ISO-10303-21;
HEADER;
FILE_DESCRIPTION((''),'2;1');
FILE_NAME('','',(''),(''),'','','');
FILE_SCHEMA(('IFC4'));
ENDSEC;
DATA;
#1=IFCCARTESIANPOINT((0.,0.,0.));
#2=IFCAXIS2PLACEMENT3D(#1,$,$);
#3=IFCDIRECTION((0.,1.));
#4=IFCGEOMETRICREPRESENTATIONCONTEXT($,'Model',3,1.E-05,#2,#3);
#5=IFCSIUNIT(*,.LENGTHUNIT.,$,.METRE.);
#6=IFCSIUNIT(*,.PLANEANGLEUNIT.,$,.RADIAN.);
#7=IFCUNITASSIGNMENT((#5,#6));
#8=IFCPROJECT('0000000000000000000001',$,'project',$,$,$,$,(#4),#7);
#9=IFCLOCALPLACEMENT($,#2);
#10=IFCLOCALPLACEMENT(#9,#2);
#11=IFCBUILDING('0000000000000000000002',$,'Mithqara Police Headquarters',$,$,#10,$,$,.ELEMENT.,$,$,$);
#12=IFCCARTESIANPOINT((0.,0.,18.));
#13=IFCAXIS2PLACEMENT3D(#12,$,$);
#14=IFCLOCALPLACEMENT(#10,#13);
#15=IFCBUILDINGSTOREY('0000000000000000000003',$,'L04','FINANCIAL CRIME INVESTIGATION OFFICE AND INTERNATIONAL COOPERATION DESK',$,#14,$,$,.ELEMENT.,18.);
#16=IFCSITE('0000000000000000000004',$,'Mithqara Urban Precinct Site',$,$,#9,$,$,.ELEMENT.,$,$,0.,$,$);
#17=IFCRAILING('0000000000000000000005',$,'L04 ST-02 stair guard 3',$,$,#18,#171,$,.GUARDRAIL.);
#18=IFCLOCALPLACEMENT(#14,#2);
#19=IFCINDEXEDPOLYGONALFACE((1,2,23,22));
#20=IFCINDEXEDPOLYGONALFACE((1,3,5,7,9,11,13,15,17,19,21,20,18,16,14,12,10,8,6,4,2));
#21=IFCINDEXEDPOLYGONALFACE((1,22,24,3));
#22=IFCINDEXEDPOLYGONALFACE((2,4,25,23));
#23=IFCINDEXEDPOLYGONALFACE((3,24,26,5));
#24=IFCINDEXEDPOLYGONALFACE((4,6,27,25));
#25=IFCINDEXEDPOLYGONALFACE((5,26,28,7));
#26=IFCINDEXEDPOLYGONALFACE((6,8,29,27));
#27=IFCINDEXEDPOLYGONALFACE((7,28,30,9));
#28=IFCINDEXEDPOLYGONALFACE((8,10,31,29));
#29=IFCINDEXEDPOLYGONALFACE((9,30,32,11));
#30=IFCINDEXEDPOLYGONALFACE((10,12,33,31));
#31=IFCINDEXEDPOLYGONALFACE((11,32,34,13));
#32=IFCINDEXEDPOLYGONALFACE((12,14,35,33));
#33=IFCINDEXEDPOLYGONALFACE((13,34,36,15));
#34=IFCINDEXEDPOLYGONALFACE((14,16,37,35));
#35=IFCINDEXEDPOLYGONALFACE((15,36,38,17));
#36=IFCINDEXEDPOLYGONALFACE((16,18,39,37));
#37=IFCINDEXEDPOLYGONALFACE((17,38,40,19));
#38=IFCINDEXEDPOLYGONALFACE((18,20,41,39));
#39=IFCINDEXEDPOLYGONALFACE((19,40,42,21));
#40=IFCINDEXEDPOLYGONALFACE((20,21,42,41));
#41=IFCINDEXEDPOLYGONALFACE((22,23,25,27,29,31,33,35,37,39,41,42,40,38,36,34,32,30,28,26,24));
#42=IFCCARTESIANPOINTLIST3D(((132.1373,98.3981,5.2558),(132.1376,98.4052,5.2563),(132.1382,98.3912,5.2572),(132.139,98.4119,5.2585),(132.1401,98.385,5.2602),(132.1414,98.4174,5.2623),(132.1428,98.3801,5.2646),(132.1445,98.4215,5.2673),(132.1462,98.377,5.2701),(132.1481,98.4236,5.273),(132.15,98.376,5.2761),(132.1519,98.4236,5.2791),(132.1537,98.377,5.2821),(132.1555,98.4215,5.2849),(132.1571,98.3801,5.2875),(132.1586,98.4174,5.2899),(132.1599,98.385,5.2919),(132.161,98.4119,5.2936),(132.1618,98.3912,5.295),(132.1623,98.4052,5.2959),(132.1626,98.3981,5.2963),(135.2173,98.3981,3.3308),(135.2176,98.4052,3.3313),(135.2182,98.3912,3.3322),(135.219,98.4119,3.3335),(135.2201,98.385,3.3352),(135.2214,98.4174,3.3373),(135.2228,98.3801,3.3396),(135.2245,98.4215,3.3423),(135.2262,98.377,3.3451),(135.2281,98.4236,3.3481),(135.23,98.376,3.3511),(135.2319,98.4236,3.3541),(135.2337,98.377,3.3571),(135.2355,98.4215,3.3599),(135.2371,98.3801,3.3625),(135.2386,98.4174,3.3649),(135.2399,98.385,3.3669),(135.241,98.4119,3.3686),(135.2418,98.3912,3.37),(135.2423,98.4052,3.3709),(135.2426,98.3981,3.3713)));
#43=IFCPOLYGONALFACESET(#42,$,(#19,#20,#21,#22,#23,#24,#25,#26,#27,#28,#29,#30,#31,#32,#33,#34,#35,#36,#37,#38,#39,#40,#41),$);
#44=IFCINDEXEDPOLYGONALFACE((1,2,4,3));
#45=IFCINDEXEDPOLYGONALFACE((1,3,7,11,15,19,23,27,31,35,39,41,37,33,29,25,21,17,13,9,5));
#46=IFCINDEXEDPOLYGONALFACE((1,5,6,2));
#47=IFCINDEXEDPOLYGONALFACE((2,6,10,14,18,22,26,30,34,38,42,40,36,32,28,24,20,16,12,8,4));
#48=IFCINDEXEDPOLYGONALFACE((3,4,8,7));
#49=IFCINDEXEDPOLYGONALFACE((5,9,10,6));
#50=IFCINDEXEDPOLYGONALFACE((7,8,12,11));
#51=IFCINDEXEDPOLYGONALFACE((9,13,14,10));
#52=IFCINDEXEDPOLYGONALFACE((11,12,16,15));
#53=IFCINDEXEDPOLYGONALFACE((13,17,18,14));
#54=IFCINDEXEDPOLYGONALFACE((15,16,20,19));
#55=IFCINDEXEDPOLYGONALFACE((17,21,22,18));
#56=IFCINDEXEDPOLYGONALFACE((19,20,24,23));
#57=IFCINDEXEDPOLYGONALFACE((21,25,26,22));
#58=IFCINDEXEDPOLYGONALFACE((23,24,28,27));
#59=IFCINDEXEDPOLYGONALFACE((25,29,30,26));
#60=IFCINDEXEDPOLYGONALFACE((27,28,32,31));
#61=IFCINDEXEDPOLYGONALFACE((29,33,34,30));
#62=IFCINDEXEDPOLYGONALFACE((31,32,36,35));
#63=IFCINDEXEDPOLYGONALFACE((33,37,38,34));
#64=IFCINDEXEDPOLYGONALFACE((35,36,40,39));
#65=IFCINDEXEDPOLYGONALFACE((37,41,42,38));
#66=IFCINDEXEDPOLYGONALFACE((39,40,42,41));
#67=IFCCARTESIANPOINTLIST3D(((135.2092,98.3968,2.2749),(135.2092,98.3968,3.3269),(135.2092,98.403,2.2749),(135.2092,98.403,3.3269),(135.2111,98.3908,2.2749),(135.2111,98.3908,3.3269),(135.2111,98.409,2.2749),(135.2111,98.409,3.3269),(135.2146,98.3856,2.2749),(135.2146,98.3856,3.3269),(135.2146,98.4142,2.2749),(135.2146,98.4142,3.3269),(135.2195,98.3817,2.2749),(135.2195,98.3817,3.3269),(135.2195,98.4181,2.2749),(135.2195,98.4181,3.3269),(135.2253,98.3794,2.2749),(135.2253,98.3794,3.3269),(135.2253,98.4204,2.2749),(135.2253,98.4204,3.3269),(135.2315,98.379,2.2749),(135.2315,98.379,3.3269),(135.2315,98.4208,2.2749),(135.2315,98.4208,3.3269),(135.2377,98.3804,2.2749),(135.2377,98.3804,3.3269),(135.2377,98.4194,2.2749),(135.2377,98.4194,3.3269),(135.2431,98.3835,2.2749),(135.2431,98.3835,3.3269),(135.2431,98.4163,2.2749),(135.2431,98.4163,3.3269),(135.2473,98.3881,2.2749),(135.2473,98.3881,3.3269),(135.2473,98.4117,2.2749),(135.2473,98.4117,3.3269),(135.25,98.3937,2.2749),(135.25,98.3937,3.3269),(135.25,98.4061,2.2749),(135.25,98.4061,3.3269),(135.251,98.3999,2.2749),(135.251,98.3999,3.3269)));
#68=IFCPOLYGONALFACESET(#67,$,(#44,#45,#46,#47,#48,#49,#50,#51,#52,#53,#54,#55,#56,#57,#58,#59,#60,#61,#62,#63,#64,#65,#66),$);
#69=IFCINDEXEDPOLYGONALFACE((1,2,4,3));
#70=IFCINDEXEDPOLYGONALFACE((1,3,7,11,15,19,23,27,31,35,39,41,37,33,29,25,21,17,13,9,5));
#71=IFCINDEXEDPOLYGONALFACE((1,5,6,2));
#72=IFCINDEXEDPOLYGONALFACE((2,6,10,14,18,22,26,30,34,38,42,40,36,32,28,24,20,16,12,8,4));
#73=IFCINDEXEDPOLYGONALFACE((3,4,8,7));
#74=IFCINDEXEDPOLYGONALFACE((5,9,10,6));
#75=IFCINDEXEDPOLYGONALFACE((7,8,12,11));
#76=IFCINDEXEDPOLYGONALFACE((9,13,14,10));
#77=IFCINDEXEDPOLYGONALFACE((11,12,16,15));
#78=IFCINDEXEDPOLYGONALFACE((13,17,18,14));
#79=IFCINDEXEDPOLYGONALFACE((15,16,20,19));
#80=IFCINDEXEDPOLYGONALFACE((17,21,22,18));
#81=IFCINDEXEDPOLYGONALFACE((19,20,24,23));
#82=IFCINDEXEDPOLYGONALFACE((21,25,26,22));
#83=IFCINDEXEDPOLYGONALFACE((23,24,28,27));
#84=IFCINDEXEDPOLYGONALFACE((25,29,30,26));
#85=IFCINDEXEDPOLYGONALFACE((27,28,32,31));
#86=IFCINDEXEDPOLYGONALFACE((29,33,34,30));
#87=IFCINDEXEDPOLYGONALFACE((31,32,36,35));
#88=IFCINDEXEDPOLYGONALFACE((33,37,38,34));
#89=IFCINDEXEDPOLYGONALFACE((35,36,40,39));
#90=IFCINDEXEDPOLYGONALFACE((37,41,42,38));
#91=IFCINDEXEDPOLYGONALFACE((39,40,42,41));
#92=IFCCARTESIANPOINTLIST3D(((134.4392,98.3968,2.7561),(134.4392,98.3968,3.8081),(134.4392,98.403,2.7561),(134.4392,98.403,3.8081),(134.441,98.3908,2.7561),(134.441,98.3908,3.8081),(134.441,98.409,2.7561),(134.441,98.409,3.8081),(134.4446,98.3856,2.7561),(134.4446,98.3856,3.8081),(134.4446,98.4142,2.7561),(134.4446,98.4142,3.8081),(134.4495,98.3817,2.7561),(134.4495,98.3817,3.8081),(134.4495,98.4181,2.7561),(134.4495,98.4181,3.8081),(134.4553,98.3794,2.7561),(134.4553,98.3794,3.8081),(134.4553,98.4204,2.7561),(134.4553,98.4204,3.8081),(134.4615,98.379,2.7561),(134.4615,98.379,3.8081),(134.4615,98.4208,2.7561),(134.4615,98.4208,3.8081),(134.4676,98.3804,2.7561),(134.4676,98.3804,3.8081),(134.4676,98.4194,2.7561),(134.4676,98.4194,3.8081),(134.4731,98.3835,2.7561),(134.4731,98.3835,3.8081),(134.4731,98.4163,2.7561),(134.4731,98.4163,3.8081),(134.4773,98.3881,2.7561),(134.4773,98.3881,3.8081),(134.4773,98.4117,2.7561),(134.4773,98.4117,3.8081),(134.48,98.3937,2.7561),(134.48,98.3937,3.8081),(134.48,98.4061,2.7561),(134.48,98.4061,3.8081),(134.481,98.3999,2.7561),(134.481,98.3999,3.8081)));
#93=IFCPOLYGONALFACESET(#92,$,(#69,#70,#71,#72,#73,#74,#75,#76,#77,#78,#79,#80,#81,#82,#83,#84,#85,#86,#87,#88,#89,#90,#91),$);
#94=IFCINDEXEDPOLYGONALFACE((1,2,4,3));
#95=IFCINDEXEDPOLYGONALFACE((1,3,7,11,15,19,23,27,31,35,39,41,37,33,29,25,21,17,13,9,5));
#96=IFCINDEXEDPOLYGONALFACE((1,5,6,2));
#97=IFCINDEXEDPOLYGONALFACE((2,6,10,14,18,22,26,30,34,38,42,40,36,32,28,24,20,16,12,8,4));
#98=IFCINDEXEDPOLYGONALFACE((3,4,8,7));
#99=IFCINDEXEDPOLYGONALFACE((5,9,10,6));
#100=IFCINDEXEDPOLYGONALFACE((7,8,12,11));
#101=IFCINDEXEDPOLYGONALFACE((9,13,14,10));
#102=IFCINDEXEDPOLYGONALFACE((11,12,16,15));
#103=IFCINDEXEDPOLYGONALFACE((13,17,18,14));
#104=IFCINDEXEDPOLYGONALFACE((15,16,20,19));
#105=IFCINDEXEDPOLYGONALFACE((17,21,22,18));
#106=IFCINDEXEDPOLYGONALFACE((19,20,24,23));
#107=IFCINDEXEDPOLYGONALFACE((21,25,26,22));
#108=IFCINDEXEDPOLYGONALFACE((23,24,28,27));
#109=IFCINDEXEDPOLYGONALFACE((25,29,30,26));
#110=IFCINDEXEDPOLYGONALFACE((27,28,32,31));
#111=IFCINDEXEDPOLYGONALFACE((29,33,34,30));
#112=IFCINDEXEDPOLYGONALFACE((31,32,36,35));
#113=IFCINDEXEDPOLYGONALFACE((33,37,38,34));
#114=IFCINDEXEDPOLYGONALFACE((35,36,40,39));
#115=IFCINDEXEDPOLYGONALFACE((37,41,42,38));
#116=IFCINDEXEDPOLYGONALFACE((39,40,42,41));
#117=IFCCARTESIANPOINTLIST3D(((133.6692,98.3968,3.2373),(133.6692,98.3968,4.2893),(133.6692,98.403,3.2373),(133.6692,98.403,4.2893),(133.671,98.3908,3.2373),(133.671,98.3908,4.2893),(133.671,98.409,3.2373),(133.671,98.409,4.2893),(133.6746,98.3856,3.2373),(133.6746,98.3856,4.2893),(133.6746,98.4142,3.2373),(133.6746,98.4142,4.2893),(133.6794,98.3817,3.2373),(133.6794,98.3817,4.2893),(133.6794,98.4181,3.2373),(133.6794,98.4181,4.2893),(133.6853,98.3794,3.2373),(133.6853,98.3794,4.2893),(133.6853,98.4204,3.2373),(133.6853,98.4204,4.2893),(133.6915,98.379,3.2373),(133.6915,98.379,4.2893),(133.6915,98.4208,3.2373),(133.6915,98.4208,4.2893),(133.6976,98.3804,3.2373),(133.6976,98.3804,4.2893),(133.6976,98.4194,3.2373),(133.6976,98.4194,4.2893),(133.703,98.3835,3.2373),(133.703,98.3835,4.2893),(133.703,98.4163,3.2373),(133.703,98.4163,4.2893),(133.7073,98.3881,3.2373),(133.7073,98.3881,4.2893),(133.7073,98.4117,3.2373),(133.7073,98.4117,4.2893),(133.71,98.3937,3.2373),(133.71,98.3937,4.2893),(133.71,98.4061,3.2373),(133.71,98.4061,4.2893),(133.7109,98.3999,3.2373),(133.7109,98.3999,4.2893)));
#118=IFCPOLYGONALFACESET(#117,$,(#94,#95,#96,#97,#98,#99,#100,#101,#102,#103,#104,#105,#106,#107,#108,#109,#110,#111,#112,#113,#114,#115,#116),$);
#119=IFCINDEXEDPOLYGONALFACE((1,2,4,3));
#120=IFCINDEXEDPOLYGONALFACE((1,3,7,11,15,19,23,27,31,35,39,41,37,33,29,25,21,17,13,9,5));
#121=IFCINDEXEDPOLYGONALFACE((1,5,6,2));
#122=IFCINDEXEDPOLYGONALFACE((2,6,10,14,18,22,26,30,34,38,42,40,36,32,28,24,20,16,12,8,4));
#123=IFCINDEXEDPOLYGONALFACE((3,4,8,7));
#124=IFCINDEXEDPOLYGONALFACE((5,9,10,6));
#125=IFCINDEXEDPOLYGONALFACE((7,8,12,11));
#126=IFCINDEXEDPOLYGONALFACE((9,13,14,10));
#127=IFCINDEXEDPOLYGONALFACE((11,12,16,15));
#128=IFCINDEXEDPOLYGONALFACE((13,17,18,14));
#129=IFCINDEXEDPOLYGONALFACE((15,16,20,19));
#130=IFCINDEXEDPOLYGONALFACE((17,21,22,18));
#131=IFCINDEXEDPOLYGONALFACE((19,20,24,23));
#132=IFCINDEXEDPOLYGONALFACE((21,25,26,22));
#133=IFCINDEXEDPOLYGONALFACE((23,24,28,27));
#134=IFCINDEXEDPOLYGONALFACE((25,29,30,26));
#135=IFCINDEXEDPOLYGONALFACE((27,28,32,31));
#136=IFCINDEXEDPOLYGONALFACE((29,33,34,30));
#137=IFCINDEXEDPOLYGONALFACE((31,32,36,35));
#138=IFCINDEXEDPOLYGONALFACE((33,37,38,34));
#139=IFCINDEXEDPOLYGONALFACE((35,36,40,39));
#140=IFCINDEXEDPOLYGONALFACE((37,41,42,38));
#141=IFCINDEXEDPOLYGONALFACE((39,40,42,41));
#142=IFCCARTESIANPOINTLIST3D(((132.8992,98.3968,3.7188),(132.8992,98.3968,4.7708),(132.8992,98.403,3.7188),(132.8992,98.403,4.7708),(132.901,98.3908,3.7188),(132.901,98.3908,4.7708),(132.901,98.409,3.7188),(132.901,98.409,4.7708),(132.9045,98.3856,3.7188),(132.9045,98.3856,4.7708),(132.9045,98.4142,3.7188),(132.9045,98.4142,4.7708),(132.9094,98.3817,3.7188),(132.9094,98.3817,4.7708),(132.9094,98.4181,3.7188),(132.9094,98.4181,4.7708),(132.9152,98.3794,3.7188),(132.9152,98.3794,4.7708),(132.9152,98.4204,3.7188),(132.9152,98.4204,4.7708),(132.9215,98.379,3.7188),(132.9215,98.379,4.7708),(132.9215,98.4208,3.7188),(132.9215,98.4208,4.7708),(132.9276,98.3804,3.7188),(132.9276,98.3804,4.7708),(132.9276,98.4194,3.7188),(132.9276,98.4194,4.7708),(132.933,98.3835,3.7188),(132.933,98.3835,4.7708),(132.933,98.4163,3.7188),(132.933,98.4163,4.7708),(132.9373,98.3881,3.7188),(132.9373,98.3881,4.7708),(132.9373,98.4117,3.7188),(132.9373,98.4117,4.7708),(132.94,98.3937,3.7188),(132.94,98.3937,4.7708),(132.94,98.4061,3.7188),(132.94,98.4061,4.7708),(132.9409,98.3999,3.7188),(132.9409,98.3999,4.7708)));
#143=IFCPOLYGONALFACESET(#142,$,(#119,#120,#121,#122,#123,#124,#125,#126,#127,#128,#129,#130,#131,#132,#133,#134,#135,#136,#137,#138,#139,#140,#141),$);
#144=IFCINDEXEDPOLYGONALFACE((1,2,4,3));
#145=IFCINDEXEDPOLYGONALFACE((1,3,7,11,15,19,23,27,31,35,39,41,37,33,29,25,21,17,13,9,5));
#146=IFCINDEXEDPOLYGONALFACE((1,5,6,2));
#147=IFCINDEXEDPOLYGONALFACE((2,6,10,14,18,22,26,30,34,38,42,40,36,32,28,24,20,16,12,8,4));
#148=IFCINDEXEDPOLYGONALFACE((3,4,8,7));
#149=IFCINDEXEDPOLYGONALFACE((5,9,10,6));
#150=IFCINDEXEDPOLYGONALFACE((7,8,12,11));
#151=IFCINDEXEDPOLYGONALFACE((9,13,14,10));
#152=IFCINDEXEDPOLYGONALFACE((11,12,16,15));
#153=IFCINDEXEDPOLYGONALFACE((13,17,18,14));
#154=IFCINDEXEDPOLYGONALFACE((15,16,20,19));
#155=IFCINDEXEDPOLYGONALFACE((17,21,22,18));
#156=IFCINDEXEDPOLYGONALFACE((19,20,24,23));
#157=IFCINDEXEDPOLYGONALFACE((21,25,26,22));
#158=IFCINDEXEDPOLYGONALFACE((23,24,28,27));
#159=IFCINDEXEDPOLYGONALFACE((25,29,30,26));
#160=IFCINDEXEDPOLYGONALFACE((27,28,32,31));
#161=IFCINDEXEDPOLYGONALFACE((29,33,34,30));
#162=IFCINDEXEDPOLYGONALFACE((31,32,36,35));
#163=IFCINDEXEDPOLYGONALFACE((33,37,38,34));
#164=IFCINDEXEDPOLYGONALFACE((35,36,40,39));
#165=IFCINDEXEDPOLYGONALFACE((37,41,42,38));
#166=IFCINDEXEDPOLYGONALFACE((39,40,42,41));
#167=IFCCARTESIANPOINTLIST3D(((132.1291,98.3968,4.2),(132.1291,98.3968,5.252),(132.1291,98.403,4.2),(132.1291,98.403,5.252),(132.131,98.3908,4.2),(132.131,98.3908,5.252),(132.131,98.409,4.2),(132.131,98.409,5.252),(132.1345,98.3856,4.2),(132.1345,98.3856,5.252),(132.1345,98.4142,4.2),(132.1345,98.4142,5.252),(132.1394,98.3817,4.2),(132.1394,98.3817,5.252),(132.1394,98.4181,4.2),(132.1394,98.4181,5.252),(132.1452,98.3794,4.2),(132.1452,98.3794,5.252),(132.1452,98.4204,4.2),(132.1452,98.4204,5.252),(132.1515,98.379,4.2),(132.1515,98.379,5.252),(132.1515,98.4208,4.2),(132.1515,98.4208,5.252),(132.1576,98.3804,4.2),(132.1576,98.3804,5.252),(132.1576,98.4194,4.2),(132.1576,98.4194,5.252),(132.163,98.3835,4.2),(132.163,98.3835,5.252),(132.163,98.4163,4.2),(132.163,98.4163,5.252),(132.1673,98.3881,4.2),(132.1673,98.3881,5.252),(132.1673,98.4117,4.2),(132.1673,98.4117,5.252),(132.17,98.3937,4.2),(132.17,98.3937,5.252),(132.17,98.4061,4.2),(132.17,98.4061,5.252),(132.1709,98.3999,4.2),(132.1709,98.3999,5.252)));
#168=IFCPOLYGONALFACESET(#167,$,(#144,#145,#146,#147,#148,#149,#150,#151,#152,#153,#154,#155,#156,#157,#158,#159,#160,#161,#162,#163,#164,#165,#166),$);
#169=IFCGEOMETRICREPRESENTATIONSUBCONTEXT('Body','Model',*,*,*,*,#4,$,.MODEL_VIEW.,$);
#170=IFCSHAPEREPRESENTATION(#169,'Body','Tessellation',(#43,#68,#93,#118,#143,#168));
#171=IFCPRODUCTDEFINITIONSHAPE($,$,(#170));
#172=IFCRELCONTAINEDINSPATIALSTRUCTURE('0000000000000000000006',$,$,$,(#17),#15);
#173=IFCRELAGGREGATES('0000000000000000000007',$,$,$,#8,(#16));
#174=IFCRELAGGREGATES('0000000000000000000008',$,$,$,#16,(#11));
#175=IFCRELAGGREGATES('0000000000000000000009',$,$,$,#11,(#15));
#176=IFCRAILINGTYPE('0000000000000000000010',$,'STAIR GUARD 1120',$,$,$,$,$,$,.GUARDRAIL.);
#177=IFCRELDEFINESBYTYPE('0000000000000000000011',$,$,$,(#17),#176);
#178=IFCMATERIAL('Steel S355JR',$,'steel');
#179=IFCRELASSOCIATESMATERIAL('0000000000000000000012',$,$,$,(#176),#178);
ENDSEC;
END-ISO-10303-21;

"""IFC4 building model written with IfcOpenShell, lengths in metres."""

from ifc_helpers import new_model, si_unit, direction, frame, origin, origin_2d, place, context, subcontext, project, spatial, circle, extrude, material, type_object, element, save


model = new_model("IFC4")

# Units and contexts
model_context = context("Model", 3, precision=1e-05, world=origin(), true_north=direction((0.0, 1.0)))
body_context = subcontext(model_context, "Body", "Model", "MODEL_VIEW")
ifc_project = project(units=[si_unit("LENGTHUNIT", "METRE"), si_unit("PLANEANGLEUNIT", "RADIAN")], contexts=[model_context])

# Site, building, storey
site_placement = place(None, origin())
site = spatial("IfcSite", under=ifc_project, at=site_placement, Name="Mithqara Urban Precinct Site", CompositionType="ELEMENT", RefElevation=0.0)
building_placement = place(site_placement, origin())
building = spatial("IfcBuilding", under=site, at=building_placement, Name="Mithqara Police Headquarters", CompositionType="ELEMENT")
storey_placement = place(building_placement, frame((0.0, 0.0, 18.0)))
storey = spatial("IfcBuildingStorey", under=building, at=storey_placement, Name="L04", Description="FINANCIAL CRIME INVESTIGATION OFFICE AND INTERNATIONAL COOPERATION DESK", CompositionType="ELEMENT", Elevation=18.0)

# Shared definitions
ifc_material_1 = material(Name="Steel S355JR", Category="steel")

# Railing
railing_type_1 = type_object("IfcRailingType", Name="STAIR GUARD 1120", PredefinedType="GUARDRAIL", material=ifc_material_1)
railing_1_placement = place(storey_placement, frame((135.23, 98.3999, 2.2749)))
element("IfcRailing", 1, at=railing_1_placement, inside=storey, type_object=railing_type_1, Name="L04 ST-02 stair guard 3", PredefinedType="GUARDRAIL", context=body_context, shape_type="SweptSolid", body=[
    extrude(circle(Radius=0.0239, at=origin_2d()), frame((0.0, 0.0, 1.0762), z_axis=(-0.847998, 0.0, 0.529999), x_axis=(0.0, -1.0, 0.0)), (0.0, 0.0, 1.0), 3.6321),
    extrude(circle(Radius=0.021, at=origin_2d()), origin(), (0.0, 0.0, 1.0), 1.052),
    extrude(circle(Radius=0.021, at=origin_2d()), frame((-0.77, 0.0, 0.4812)), (0.0, 0.0, 1.0), 1.052),
    extrude(circle(Radius=0.021, at=origin_2d()), frame((-1.54, 0.0, 0.9624)), (0.0, 0.0, 1.0), 1.052),
    extrude(circle(Radius=0.021, at=origin_2d()), frame((-2.3101, 0.0, 1.4438)), (0.0, 0.0, 1.0), 1.052),
    extrude(circle(Radius=0.021, at=origin_2d()), frame((-3.0801, 0.0, 1.925)), (0.0, 0.0, 1.0), 1.052),
])

save(model, "model.ifc")
